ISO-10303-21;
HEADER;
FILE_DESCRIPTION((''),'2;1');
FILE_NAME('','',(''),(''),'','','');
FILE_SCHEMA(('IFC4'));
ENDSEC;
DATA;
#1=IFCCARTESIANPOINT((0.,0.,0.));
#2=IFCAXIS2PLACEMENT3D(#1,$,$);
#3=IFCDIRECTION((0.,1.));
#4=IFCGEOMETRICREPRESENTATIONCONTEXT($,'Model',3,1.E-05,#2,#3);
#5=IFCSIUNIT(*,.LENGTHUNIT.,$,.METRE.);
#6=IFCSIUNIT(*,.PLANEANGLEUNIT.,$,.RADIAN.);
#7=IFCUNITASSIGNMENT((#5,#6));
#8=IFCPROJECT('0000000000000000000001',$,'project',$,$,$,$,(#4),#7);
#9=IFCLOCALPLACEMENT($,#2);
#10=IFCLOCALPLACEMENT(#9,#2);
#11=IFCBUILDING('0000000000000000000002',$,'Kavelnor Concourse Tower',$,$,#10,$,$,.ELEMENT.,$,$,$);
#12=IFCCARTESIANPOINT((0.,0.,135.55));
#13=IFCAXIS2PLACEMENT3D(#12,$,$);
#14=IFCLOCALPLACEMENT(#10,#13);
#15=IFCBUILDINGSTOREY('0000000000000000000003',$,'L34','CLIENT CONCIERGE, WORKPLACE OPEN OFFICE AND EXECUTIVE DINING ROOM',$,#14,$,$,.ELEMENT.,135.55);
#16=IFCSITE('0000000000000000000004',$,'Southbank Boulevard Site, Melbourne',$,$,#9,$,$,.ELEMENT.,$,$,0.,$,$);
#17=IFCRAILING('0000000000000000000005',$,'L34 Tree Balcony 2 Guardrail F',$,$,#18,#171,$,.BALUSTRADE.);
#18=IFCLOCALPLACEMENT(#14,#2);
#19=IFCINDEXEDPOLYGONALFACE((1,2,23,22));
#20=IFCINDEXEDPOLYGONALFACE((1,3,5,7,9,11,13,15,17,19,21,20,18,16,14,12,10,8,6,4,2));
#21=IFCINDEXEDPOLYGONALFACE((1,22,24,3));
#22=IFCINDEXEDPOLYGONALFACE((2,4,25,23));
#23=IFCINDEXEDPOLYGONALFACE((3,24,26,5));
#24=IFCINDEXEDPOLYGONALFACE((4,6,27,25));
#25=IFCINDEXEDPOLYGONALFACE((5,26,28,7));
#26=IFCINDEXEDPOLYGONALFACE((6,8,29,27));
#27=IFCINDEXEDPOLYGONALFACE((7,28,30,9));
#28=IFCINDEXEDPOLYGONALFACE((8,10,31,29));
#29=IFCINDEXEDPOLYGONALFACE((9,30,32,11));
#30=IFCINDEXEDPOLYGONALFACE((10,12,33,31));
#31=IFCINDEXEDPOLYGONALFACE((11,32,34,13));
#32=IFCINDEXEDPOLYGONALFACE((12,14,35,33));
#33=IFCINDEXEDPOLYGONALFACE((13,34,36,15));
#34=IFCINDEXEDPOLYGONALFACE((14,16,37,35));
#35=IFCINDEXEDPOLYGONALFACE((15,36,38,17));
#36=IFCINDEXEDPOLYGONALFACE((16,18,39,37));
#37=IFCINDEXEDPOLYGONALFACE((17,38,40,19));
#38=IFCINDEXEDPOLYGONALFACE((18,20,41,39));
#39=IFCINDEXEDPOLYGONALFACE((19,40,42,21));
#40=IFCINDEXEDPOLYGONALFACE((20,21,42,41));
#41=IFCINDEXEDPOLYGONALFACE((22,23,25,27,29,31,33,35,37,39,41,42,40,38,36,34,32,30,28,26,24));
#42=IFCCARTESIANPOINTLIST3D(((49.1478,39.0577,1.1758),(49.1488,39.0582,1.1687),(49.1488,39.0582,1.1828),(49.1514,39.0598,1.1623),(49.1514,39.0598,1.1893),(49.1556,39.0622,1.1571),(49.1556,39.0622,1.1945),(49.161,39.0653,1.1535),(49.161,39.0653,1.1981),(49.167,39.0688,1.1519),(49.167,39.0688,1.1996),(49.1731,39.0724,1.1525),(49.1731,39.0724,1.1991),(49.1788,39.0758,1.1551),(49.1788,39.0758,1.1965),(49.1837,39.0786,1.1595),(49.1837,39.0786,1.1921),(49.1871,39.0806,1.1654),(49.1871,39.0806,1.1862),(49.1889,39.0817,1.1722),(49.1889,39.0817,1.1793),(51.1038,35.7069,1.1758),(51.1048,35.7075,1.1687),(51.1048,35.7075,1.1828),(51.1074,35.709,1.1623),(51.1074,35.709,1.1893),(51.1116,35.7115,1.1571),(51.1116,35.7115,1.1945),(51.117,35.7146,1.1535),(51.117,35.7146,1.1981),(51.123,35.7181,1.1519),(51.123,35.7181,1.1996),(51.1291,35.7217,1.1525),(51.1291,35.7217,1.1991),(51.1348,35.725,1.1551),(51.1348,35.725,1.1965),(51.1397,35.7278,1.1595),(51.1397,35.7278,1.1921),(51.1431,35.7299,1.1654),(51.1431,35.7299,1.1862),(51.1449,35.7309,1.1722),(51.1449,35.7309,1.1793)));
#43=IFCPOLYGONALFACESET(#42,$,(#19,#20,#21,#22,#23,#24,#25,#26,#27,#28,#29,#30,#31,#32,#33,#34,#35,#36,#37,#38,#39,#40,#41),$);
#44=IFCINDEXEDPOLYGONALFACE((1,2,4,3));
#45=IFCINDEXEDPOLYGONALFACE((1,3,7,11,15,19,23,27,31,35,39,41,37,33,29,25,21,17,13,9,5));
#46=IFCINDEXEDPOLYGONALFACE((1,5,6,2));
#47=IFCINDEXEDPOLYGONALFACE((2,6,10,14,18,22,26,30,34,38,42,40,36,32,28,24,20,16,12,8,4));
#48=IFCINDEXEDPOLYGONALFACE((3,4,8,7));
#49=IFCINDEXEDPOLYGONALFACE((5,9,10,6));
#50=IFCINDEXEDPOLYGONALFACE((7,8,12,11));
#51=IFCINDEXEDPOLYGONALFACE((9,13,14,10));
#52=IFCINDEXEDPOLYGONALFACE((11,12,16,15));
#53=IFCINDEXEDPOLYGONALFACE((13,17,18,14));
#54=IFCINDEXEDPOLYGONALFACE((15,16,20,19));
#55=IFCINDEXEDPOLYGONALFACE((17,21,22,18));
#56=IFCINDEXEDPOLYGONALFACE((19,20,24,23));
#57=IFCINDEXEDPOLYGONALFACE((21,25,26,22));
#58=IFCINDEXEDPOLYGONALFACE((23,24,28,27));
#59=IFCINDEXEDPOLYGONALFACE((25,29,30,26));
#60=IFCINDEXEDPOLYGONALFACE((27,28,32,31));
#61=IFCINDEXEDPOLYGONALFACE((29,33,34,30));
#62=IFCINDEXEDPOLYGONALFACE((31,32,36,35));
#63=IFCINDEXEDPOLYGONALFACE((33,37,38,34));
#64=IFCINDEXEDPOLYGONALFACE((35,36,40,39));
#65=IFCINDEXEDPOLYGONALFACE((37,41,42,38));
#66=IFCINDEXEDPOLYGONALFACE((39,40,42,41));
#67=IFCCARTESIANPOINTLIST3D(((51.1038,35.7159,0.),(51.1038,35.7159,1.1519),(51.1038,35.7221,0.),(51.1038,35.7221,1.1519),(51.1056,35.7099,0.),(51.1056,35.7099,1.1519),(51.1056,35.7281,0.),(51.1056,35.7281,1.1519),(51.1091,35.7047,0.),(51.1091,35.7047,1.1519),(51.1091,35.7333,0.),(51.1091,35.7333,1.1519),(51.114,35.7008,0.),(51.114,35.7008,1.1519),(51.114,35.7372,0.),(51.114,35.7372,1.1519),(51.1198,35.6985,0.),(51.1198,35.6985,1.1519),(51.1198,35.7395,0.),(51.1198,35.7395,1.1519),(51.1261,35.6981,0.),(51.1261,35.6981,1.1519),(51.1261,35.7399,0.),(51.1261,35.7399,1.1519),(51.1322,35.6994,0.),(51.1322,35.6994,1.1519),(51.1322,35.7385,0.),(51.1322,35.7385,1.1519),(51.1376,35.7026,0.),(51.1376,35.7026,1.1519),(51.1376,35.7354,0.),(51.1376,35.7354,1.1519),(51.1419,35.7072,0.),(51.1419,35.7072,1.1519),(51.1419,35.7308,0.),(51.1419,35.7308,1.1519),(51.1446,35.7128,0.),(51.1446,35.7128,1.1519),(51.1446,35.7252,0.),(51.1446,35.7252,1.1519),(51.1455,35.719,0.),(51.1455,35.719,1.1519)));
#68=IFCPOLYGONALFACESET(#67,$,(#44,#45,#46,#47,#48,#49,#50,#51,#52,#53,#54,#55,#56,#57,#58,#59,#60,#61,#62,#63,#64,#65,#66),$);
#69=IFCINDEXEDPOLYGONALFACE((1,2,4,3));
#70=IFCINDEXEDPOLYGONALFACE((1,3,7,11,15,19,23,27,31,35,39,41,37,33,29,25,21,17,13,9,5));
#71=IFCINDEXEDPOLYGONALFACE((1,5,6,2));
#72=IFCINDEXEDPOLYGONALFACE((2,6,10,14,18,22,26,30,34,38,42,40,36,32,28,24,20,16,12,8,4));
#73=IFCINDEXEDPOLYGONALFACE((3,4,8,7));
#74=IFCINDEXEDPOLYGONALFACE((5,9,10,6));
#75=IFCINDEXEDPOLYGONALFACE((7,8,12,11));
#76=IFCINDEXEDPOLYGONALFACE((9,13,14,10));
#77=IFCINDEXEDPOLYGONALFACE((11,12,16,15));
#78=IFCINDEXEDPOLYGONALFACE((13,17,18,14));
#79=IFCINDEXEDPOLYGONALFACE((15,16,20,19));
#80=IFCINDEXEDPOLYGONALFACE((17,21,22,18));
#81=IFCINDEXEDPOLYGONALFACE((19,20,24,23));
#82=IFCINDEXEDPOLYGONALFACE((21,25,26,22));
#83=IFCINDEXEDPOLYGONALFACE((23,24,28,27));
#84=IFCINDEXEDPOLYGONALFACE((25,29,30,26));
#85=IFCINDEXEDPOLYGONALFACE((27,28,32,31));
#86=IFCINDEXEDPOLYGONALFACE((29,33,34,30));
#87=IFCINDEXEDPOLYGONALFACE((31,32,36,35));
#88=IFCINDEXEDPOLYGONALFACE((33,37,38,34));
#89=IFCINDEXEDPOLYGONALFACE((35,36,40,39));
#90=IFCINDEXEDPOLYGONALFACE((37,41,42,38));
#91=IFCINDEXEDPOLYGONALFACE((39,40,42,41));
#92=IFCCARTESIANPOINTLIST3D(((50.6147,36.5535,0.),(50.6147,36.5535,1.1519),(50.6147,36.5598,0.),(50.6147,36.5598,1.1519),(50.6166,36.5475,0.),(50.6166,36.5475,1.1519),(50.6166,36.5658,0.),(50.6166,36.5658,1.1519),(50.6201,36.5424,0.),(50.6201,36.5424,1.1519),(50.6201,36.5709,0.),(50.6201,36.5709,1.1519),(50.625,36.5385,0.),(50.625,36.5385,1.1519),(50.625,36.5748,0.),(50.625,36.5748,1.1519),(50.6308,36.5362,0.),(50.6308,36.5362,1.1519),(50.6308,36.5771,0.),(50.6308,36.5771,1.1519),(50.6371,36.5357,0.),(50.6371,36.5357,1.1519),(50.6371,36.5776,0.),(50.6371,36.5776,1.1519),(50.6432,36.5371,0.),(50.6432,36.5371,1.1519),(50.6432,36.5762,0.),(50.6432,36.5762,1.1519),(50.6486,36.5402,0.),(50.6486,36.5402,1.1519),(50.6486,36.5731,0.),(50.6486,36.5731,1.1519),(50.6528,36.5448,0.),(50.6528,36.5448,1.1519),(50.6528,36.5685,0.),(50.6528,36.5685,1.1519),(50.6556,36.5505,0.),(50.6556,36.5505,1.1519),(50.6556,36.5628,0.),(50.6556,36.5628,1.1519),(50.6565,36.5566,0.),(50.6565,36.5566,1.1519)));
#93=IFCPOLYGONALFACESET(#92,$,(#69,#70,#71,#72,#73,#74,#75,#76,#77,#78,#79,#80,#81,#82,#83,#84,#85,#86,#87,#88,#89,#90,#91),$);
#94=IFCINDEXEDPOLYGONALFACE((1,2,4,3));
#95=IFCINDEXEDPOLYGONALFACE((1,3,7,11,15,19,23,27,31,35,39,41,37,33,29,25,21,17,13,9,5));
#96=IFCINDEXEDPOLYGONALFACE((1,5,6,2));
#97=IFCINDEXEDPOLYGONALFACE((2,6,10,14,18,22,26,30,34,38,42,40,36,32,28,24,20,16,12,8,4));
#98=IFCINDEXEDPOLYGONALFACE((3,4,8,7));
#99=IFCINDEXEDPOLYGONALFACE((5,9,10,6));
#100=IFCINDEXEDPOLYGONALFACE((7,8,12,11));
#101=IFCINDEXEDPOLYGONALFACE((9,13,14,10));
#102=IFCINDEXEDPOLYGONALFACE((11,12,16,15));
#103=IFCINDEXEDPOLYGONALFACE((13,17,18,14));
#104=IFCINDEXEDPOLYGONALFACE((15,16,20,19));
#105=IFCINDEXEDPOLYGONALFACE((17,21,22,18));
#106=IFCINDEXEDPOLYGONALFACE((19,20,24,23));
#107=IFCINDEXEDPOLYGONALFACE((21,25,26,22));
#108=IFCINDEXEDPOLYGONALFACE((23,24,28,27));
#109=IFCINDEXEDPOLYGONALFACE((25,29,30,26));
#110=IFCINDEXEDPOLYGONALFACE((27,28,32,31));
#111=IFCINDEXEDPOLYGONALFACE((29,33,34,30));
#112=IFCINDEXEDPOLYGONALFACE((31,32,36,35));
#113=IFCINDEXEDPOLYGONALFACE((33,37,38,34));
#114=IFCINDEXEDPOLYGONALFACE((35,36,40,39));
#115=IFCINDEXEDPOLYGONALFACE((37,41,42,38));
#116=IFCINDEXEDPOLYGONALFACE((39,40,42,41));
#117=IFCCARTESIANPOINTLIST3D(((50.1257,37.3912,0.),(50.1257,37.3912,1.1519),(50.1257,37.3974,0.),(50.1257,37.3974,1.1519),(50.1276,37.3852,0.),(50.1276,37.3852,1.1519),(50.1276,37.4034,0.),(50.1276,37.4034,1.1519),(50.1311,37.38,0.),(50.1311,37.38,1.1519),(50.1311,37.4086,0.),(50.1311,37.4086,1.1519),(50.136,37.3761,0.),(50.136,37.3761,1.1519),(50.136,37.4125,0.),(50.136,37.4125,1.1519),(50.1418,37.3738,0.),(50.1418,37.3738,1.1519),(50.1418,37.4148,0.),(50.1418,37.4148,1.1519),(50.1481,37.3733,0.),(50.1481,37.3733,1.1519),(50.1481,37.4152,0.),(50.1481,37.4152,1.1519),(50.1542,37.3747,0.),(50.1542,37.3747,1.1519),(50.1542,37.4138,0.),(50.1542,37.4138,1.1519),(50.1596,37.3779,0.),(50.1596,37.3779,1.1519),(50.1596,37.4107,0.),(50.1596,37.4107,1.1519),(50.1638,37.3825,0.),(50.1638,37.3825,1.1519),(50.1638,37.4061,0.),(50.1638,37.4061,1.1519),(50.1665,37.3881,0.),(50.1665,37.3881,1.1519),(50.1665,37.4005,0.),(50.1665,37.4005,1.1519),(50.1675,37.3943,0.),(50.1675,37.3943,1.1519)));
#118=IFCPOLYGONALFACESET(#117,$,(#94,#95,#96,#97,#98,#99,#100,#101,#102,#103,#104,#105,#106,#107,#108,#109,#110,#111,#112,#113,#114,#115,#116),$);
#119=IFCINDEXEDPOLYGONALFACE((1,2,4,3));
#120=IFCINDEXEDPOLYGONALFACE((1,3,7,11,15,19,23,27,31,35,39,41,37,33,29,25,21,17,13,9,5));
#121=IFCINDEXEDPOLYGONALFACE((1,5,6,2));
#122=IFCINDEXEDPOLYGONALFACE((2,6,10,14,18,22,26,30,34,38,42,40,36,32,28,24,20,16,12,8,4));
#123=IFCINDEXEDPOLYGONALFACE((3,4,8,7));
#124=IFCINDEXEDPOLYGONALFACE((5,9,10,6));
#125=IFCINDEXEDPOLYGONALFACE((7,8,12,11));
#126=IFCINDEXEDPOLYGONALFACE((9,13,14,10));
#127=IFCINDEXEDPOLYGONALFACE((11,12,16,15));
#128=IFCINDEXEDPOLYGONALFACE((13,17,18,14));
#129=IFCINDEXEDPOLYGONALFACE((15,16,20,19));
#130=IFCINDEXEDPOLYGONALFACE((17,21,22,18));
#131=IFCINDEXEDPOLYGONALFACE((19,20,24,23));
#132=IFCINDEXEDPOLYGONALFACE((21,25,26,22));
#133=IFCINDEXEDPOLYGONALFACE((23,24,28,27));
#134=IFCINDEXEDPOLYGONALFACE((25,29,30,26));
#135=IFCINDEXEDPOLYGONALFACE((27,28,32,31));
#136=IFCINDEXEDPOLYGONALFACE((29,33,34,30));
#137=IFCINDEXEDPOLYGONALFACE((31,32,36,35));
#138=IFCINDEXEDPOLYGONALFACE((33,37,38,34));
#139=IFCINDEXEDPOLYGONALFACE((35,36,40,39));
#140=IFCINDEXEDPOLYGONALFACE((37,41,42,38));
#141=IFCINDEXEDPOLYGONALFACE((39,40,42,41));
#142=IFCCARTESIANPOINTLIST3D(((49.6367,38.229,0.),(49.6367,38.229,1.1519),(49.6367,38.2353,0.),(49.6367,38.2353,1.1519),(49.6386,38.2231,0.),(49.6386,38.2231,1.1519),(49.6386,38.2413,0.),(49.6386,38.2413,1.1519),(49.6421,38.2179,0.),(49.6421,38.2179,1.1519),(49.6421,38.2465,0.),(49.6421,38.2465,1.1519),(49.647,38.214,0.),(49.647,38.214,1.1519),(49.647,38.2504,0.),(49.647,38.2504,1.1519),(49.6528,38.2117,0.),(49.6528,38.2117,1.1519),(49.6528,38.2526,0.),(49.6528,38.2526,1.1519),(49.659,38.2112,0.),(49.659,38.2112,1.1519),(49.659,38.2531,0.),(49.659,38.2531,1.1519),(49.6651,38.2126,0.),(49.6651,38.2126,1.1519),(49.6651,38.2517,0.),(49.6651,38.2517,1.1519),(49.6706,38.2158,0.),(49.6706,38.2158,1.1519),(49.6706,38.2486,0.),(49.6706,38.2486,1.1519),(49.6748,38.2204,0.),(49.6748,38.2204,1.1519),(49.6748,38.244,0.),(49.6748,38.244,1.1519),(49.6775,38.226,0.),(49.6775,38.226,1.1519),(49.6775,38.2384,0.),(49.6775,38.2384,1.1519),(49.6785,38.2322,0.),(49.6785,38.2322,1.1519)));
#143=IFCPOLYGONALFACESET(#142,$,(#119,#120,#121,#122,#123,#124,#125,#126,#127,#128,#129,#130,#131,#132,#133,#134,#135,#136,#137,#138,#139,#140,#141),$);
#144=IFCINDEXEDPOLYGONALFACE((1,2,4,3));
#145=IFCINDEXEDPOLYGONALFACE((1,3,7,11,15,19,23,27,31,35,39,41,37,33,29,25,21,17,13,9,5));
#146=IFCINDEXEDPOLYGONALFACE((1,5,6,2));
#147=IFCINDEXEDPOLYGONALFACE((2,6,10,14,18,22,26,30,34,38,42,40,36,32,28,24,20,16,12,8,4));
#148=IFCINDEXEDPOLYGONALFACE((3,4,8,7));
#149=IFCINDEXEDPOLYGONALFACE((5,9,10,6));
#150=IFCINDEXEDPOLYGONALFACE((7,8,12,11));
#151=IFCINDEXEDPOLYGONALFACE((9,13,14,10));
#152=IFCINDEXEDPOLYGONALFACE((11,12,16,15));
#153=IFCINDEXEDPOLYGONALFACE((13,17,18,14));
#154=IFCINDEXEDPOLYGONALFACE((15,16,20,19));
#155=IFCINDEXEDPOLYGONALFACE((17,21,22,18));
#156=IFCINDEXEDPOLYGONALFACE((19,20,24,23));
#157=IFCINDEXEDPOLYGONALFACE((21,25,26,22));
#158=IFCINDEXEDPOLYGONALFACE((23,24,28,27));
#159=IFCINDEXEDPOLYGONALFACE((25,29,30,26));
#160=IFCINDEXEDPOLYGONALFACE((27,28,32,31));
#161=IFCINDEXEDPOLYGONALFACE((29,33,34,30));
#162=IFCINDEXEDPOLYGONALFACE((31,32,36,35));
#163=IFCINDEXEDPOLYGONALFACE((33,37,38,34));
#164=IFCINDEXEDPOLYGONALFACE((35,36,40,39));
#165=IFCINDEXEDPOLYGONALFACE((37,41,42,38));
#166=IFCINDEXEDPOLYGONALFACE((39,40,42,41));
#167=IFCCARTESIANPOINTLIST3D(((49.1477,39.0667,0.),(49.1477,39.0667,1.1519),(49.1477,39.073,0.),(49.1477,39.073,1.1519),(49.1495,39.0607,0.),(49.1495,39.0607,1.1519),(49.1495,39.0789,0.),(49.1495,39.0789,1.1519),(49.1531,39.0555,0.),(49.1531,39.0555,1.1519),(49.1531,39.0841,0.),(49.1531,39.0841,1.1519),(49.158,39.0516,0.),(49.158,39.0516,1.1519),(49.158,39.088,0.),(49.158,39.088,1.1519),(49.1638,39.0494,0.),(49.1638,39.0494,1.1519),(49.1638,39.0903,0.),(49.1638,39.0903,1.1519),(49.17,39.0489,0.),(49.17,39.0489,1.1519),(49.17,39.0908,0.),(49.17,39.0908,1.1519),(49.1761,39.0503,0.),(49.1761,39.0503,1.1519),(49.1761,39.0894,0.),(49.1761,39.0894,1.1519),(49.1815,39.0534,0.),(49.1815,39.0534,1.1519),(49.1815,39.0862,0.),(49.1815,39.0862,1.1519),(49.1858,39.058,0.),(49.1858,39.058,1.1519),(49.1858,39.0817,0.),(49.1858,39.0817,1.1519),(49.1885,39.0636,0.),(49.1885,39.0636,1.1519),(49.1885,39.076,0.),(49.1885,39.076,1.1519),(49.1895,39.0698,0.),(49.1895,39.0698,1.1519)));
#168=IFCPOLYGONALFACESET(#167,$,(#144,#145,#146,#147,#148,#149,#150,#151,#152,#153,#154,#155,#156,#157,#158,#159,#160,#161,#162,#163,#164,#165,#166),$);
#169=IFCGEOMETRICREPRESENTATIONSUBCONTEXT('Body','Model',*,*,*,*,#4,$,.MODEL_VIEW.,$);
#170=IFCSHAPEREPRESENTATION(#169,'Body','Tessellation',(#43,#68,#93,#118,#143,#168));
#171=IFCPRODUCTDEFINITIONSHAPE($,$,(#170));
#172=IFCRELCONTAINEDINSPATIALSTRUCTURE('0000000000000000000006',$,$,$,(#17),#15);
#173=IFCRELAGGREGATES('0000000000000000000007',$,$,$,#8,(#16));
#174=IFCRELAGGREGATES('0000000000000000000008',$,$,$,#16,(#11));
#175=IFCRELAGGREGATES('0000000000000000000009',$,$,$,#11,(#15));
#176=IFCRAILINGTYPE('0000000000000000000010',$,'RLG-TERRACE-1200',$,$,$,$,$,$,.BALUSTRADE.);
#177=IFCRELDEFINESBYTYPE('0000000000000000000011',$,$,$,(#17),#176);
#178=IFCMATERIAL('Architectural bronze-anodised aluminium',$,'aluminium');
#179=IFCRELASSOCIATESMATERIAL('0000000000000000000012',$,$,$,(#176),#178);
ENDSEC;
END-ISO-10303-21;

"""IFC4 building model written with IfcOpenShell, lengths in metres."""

from ifc_helpers import new_model, si_unit, direction, frame, origin, origin_2d, place, context, subcontext, project, spatial, circle, extrude, material, type_object, element, save


model = new_model("IFC4")

# Units and contexts
model_context = context("Model", 3, precision=1e-05, world=origin(), true_north=direction((0.0, 1.0)))
body_context = subcontext(model_context, "Body", "Model", "MODEL_VIEW")
ifc_project = project(units=[si_unit("LENGTHUNIT", "METRE"), si_unit("PLANEANGLEUNIT", "RADIAN")], contexts=[model_context])

# Site, building, storey
site_placement = place(None, origin())
site = spatial("IfcSite", under=ifc_project, at=site_placement, Name="Southbank Boulevard Site, Melbourne", CompositionType="ELEMENT", RefElevation=0.0)
building_placement = place(site_placement, origin())
building = spatial("IfcBuilding", under=site, at=building_placement, Name="Kavelnor Concourse Tower", CompositionType="ELEMENT")
storey_placement = place(building_placement, frame((0.0, 0.0, 135.55)))
storey = spatial("IfcBuildingStorey", under=building, at=storey_placement, Name="L34", Description="CLIENT CONCIERGE, WORKPLACE OPEN OFFICE AND EXECUTIVE DINING ROOM", CompositionType="ELEMENT", Elevation=135.55)

# Railing
ifc_material_1 = material(Name="Architectural bronze-anodised aluminium", Category="aluminium")
railing_type = type_object("IfcRailingType", Name="RLG-TERRACE-1200", PredefinedType="BALUSTRADE", material=ifc_material_1)
railing_1_placement = place(storey_placement, frame((51.1245, 35.719, 0.0)))
element("IfcRailing", 1, at=railing_1_placement, inside=storey, type_object=railing_type, Name="L34 Tree Balcony 2 Guardrail F", PredefinedType="BALUSTRADE", context=body_context, shape_type="SweptSolid", body=[
    extrude(circle(Radius=0.0239, at=origin_2d()), frame((0.0, 0.0, 1.1758), z_axis=(-0.504141, 0.863621, 0.0), x_axis=(-0.863621, -0.504141, 0.0)), (0.0, 0.0, 1.0), 3.8799),
    extrude(circle(Radius=0.021, at=origin_2d()), origin(), (0.0, 0.0, 1.0), 1.1519),
    extrude(circle(Radius=0.021, at=origin_2d()), frame((-0.489, 0.8376, 0.0)), (0.0, 0.0, 1.0), 1.1519),
    extrude(circle(Radius=0.021, at=origin_2d()), frame((-0.978, 1.6753, 0.0)), (0.0, 0.0, 1.0), 1.1519),
    extrude(circle(Radius=0.021, at=origin_2d()), frame((-1.467, 2.5132, 0.0)), (0.0, 0.0, 1.0), 1.1519),
    extrude(circle(Radius=0.021, at=origin_2d()), frame((-1.9561, 3.3508, 0.0)), (0.0, 0.0, 1.0), 1.1519),
])

save(model, "model.ifc")
